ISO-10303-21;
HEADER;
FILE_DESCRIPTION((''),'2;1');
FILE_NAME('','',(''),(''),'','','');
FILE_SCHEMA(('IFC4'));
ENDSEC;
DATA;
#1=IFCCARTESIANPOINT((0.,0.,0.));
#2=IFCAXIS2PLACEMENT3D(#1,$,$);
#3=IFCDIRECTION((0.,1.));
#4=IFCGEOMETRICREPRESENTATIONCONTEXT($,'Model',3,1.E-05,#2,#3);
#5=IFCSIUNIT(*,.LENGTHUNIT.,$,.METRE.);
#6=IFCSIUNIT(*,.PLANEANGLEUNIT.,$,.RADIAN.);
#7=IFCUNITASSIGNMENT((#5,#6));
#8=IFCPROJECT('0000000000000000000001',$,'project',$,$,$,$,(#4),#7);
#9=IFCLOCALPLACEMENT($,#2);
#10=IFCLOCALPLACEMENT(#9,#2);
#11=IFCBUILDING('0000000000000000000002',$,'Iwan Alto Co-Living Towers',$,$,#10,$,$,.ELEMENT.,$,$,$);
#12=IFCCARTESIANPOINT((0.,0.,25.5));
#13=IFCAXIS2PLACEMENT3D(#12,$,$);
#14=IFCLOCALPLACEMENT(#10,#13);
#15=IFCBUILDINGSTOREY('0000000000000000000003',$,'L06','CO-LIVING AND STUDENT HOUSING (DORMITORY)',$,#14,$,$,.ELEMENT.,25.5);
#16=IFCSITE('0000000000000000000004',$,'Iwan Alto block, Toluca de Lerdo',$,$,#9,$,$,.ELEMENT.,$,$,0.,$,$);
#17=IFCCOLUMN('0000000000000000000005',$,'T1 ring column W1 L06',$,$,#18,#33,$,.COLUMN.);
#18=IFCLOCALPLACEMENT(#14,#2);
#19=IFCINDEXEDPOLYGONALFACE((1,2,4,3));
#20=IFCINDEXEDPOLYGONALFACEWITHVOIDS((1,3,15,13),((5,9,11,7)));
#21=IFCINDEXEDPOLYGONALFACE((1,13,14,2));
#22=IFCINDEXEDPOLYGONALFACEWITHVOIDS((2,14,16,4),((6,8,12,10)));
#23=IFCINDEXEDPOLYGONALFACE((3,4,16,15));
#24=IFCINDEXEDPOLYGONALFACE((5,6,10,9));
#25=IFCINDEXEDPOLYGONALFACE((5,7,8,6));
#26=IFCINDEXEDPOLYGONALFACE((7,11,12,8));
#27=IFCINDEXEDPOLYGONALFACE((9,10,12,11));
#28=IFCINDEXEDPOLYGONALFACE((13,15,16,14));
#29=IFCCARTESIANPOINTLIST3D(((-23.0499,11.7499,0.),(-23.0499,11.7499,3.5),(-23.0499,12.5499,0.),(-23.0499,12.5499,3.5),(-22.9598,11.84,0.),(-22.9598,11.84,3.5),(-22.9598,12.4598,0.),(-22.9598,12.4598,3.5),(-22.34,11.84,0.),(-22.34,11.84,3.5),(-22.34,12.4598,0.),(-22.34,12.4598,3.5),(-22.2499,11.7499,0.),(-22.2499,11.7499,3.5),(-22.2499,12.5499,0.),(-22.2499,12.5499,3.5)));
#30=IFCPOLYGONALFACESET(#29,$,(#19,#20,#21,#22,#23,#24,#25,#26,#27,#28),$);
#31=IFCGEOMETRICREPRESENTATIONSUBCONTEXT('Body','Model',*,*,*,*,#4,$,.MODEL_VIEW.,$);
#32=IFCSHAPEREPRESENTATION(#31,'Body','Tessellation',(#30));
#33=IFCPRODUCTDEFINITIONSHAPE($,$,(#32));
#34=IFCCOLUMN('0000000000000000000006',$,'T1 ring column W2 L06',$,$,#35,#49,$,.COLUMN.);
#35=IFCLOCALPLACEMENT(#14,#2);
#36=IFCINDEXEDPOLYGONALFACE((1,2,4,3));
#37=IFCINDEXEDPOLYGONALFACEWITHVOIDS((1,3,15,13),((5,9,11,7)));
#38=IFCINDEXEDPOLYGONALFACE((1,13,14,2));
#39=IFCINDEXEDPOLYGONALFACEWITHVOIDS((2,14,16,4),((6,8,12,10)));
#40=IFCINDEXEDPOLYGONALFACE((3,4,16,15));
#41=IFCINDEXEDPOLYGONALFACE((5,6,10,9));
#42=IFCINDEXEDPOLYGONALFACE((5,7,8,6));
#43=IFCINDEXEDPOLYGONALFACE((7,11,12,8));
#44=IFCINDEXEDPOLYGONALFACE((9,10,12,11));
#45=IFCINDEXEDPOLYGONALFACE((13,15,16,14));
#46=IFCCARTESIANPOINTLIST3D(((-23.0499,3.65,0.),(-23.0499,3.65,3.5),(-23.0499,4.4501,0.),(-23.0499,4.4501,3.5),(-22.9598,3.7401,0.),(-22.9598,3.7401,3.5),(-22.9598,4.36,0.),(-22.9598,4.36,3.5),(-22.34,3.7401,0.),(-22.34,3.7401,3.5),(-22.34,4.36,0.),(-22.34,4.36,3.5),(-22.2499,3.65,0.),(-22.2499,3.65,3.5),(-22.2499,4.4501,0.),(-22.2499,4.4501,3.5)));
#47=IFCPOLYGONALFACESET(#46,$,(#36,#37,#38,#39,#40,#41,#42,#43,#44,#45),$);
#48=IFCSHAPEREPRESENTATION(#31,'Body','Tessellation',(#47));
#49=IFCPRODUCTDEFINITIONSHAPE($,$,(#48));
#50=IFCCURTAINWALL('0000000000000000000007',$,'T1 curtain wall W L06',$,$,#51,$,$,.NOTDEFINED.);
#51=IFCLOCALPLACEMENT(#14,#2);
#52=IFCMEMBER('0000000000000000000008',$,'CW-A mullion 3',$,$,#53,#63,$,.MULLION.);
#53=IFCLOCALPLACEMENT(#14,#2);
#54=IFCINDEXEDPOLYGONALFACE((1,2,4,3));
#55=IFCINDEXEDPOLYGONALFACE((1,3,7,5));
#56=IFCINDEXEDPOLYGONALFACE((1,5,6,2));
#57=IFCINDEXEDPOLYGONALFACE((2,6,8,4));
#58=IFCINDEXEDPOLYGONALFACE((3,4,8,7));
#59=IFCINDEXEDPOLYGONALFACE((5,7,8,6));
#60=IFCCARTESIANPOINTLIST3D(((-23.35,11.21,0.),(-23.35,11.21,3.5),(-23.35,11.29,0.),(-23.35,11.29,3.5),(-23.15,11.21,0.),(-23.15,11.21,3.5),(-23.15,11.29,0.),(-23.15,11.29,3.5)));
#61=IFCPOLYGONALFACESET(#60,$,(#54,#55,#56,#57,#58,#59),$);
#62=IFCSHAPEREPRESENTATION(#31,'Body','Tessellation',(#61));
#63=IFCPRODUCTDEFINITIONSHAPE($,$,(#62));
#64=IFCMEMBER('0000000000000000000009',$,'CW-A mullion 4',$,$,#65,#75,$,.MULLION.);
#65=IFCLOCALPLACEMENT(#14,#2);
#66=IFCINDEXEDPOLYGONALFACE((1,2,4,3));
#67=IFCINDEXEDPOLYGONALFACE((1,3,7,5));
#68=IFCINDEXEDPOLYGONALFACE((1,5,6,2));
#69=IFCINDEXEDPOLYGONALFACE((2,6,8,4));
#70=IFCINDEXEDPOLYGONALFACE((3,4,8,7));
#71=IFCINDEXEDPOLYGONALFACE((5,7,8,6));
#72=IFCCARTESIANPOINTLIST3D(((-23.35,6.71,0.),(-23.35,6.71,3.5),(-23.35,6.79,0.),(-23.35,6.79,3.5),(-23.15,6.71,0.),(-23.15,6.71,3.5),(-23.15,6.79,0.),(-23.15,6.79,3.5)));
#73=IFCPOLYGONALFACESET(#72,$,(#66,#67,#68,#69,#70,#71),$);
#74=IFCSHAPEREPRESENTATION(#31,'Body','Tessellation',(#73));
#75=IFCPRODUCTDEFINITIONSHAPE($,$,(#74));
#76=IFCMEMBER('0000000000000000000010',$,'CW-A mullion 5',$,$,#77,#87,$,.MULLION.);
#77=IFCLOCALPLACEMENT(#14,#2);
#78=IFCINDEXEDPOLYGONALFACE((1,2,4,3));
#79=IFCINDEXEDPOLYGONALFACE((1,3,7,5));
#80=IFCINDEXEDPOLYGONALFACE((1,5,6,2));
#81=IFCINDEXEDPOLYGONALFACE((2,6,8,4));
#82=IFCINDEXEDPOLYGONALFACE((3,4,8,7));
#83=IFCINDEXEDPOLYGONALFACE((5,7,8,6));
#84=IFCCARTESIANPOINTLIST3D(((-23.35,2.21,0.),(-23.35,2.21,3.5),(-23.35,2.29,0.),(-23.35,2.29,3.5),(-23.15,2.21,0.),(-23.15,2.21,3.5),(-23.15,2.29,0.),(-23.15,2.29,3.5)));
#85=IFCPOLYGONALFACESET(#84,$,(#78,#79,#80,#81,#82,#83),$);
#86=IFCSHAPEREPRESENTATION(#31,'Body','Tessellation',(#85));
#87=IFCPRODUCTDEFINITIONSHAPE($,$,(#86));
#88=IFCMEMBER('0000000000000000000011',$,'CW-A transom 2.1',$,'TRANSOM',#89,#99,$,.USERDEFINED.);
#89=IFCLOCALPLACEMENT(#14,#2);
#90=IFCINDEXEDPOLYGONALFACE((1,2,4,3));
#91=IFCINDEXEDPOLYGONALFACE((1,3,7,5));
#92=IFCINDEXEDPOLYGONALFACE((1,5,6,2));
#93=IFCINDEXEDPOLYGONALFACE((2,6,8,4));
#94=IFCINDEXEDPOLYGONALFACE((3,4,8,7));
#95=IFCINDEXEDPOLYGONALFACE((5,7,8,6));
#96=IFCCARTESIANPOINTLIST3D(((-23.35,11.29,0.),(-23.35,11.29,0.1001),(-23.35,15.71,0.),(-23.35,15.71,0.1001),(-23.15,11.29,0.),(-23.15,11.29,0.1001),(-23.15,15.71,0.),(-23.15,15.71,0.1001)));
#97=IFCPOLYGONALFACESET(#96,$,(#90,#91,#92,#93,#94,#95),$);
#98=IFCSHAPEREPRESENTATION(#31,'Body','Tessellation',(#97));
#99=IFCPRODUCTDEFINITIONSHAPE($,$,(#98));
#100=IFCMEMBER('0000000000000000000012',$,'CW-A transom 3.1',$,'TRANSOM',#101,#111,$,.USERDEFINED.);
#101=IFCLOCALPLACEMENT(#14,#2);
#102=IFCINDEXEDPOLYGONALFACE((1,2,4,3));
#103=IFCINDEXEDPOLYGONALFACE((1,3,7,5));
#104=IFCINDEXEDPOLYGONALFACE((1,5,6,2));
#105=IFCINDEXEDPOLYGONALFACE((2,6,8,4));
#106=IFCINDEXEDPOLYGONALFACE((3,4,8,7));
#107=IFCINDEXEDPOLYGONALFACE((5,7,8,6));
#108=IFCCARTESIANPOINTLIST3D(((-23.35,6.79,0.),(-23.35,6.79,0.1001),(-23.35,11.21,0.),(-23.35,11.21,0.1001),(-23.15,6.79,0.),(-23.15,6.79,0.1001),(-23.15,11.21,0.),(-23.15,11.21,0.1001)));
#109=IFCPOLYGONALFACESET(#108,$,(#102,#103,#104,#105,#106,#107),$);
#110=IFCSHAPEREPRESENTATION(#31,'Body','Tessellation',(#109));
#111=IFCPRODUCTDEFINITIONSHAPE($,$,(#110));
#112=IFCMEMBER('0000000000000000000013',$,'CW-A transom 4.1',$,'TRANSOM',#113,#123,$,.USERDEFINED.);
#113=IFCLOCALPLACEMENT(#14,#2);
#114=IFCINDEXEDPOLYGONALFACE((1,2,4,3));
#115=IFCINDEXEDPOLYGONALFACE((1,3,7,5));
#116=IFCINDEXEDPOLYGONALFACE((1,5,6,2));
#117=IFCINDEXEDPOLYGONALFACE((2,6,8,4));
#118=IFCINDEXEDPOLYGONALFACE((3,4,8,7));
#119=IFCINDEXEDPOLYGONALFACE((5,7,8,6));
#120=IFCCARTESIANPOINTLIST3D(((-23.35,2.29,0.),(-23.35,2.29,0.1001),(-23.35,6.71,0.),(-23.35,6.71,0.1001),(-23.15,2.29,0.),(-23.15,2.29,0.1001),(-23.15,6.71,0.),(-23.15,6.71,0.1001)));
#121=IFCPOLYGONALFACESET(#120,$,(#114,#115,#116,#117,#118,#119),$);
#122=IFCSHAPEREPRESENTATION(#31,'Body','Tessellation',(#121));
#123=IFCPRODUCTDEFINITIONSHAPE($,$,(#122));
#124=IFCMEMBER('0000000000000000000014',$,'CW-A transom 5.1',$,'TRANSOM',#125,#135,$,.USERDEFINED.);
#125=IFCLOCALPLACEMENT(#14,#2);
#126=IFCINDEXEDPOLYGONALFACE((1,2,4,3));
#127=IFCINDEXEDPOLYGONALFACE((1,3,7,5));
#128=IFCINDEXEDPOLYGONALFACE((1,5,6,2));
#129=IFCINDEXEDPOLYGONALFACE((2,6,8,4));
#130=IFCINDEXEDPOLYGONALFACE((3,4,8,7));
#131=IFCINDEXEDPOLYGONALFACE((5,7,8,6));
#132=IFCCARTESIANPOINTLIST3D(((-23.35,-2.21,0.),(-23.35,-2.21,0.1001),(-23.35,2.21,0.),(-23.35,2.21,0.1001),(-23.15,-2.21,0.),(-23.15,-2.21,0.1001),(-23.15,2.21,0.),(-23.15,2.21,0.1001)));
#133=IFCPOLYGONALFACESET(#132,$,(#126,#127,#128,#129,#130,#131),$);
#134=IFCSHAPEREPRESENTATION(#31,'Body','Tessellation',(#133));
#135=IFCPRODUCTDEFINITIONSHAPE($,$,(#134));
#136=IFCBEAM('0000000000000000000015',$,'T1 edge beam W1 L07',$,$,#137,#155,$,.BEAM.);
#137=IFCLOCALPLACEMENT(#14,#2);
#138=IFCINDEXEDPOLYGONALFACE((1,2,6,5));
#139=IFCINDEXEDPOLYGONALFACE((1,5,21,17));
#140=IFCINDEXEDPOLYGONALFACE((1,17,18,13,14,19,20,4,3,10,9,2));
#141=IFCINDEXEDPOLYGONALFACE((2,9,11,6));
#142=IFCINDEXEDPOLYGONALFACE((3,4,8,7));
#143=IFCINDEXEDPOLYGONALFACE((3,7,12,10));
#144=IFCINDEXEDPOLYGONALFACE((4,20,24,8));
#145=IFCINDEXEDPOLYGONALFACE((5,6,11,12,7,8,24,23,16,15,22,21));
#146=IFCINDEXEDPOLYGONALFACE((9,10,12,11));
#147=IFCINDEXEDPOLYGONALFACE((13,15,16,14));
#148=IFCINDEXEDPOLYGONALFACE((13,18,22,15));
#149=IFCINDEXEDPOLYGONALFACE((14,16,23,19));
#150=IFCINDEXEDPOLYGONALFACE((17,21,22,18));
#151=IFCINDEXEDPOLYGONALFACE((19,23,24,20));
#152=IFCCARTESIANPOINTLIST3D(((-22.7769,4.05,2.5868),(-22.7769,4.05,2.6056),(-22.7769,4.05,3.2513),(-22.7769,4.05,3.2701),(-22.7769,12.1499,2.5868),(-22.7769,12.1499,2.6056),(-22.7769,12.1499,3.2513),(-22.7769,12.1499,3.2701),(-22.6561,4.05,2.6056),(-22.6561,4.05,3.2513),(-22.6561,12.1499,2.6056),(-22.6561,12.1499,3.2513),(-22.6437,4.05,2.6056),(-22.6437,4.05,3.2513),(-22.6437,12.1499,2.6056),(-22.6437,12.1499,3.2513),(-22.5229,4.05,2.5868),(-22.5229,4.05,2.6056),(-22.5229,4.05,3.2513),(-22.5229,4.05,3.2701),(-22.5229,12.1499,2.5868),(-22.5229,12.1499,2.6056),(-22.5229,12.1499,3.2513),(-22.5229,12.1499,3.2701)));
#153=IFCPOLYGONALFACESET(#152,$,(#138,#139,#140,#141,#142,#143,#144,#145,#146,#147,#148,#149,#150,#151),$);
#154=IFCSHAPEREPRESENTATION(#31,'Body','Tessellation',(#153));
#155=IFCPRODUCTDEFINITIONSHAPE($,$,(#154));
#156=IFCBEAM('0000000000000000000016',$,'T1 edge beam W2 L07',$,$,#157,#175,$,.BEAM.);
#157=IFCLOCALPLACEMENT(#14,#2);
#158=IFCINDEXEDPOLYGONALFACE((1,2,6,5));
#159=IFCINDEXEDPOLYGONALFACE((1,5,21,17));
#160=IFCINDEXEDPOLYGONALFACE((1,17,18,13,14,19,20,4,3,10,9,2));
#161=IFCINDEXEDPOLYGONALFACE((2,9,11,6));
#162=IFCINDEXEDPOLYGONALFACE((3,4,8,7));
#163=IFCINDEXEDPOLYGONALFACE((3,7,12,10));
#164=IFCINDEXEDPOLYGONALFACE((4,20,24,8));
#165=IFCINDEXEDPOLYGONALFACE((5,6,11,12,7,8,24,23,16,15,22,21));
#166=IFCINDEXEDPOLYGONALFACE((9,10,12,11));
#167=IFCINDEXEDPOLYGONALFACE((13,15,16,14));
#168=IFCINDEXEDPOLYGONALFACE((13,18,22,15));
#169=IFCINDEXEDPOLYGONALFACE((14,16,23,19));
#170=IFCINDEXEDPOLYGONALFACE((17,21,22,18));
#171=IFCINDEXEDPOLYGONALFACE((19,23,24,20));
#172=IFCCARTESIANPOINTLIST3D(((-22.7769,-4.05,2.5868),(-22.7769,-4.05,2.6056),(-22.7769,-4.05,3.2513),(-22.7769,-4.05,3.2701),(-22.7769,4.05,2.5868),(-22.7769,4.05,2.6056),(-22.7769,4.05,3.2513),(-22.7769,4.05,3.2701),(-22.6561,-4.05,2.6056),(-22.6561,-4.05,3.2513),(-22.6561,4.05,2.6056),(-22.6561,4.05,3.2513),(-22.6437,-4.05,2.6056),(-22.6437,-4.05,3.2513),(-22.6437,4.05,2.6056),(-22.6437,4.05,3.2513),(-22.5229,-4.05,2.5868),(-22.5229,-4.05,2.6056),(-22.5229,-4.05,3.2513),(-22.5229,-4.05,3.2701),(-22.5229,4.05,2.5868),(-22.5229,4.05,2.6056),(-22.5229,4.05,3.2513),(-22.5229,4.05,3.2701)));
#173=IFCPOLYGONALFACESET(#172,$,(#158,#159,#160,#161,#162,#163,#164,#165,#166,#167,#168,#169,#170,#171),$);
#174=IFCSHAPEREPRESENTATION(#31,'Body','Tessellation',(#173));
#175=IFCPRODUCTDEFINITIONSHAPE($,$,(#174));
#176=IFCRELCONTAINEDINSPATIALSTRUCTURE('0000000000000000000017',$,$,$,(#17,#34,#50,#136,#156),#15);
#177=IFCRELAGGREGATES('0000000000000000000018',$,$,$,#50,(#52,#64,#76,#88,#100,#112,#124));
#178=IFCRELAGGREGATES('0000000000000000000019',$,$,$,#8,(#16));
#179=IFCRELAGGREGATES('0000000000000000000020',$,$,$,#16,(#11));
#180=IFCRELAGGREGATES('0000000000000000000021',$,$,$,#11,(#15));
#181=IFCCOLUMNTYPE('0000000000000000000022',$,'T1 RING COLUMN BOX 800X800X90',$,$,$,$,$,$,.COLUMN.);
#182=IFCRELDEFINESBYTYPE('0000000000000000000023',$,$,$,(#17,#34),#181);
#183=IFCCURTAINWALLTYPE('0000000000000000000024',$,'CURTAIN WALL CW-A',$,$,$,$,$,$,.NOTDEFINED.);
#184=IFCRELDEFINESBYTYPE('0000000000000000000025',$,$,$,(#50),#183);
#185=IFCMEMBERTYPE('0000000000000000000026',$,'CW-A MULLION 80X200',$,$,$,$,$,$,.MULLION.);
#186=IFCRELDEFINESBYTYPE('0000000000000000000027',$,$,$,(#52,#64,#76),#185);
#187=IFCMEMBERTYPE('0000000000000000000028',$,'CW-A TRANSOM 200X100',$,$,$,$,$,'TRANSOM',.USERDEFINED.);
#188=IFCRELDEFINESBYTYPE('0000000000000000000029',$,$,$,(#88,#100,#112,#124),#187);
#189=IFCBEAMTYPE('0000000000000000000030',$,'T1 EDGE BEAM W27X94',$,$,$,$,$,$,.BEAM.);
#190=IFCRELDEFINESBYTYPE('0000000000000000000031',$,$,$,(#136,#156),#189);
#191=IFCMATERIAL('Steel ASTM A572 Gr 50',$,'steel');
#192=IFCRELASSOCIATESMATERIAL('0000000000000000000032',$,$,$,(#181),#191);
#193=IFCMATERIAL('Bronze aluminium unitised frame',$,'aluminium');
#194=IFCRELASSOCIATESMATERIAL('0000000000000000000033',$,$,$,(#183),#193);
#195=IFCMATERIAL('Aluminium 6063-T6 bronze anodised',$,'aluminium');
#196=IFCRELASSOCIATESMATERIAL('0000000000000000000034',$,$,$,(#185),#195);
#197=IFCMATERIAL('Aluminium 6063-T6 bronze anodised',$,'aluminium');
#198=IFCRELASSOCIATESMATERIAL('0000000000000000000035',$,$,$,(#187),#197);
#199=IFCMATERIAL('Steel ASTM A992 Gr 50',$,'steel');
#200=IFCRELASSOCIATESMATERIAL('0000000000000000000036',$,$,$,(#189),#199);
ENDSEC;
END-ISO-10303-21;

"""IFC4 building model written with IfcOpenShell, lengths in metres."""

from ifc_helpers import new_model, si_unit, direction, frame, origin, origin_2d, place, context, subcontext, project, spatial, rectangle, hollow_rectangle, i_section, extrude, material, material_profile, profile_set, type_object, element, aggregate, save


model = new_model("IFC4")

# Units and contexts
model_context = context("Model", 3, precision=1e-05, world=origin(), true_north=direction((0.0, 1.0)))
body_context = subcontext(model_context, "Body", "Model", "MODEL_VIEW")
ifc_project = project(units=[si_unit("LENGTHUNIT", "METRE"), si_unit("PLANEANGLEUNIT", "RADIAN")], contexts=[model_context])

# Site, building, storey
site_placement = place(None, origin())
site = spatial("IfcSite", under=ifc_project, at=site_placement, Name="Iwan Alto block, Toluca de Lerdo", CompositionType="ELEMENT", RefElevation=0.0)
building_placement = place(site_placement, origin())
building = spatial("IfcBuilding", under=site, at=building_placement, Name="Iwan Alto Co-Living Towers", CompositionType="ELEMENT")
storey_placement = place(building_placement, frame((0.0, 0.0, 25.5)))
storey = spatial("IfcBuildingStorey", under=building, at=storey_placement, Name="L06", Description="CO-LIVING AND STUDENT HOUSING (DORMITORY)", CompositionType="ELEMENT", Elevation=25.5)

# Columns
ifc_material_1 = material(Name="Steel ASTM A572 Gr 50", Category="steel")
ifc_material_profile_1 = material_profile(ifc_material_1, hollow_rectangle(XDim=0.8, YDim=0.8, WallThickness=0.0901, at=origin_2d()), Name="BOX 800X800X90")
ifc_profile_set_1 = profile_set([ifc_material_profile_1], Name="Steel ASTM A572 Gr 50")
column_type = type_object("IfcColumnType", Name="T1 RING COLUMN BOX 800X800X90", PredefinedType="COLUMN", material=ifc_profile_set_1)
for number, where, z_axis, x_axis, name in (
    (1, (-22.6499, 12.1499, 0.0), (0.0, 0.0, 1.0), (1.0, 0.0, 0.0), "T1 ring column W1 L06"),
    (2, (-22.6499, 4.05, 0.0), (0.0, 0.0, 1.0), (1.0, 0.0, 0.0), "T1 ring column W2 L06"),
):
    element("IfcColumn", number, at=place(storey_placement, frame(where, z_axis=z_axis, x_axis=x_axis)), inside=storey, type_object=column_type, Name=name, PredefinedType="COLUMN", context=body_context, shape_type="SweptSolid", body=[
        extrude(hollow_rectangle(XDim=0.8, YDim=0.8, WallThickness=0.0901, at=origin_2d()), origin(), (0.0, 0.0, 1.0), 3.5),
    ])

# Curtain wall, members
ifc_material_2 = material(Name="Bronze aluminium unitised frame", Category="aluminium")
curtain_wall_type = type_object("IfcCurtainWallType", Name="CURTAIN WALL CW-A", PredefinedType="NOTDEFINED", material=ifc_material_2)
curtain_wall_placement = place(storey_placement, origin())
curtain_wall = element("IfcCurtainWall", 3, at=curtain_wall_placement, inside=storey, type_object=curtain_wall_type, Name="T1 curtain wall W L06", PredefinedType="NOTDEFINED")
ifc_material_3 = material(Name="Aluminium 6063-T6 bronze anodised", Category="aluminium")
ifc_material_profile_2 = material_profile(ifc_material_3, rectangle(XDim=0.2, YDim=0.0801, at=origin_2d()), Name="AL 80X200")
ifc_profile_set_2 = profile_set([ifc_material_profile_2], Name="Aluminium 6063-T6 bronze anodised")
member_type_1 = type_object("IfcMemberType", Name="CW-A MULLION 80X200", PredefinedType="MULLION", material=ifc_profile_set_2)
member_1_placement = place(storey_placement, frame((-23.25, 11.25, 0.0), z_axis=(0.0, 0.0, 1.0), x_axis=(1.0, 0.0, 0.0)))
member_1 = element("IfcMember", 4, at=member_1_placement, type_object=member_type_1, Name="CW-A mullion 3", PredefinedType="MULLION", context=body_context, shape_type="SweptSolid", body=[
    extrude(rectangle(XDim=0.2, YDim=0.0801, at=origin_2d()), origin(), (0.0, 0.0, 1.0), 3.5),
])
member_2_placement = place(storey_placement, frame((-23.25, 6.75, 0.0), z_axis=(0.0, 0.0, 1.0), x_axis=(1.0, 0.0, 0.0)))
member_2 = element("IfcMember", 5, at=member_2_placement, type_object=member_type_1, Name="CW-A mullion 4", PredefinedType="MULLION", context=body_context, shape_type="SweptSolid", body=[
    extrude(rectangle(XDim=0.2, YDim=0.0801, at=origin_2d()), origin(), (0.0, 0.0, 1.0), 3.5),
])
member_3_placement = place(storey_placement, frame((-23.25, 2.25, 0.0), z_axis=(0.0, 0.0, 1.0), x_axis=(1.0, 0.0, 0.0)))
member_3 = element("IfcMember", 6, at=member_3_placement, type_object=member_type_1, Name="CW-A mullion 5", PredefinedType="MULLION", context=body_context, shape_type="SweptSolid", body=[
    extrude(rectangle(XDim=0.2, YDim=0.0801, at=origin_2d()), origin(), (0.0, 0.0, 1.0), 3.5),
])
ifc_material_4 = material(Name="Aluminium 6063-T6 bronze anodised", Category="aluminium")
ifc_material_profile_3 = material_profile(ifc_material_4, rectangle(XDim=0.2, YDim=0.1001, at=origin_2d()), Name="AL 200X100")
ifc_profile_set_3 = profile_set([ifc_material_profile_3], Name="Aluminium 6063-T6 bronze anodised")
member_type_2 = type_object("IfcMemberType", Name="CW-A TRANSOM 200X100", ElementType="TRANSOM", PredefinedType="USERDEFINED", material=ifc_profile_set_3)
member_4_placement = place(storey_placement, frame((-23.25, 15.71, 0.05), z_axis=(0.0, -1.0, 0.0), x_axis=(1.0, 0.0, 0.0)))
member_4 = element("IfcMember", 7, at=member_4_placement, type_object=member_type_2, Name="CW-A transom 2.1", ObjectType="TRANSOM", PredefinedType="USERDEFINED", context=body_context, shape_type="SweptSolid", body=[
    extrude(rectangle(XDim=0.2, YDim=0.1001, at=origin_2d()), origin(), (0.0, 0.0, 1.0), 4.4199),
])
member_5_placement = place(storey_placement, frame((-23.25, 11.21, 0.05), z_axis=(0.0, -1.0, 0.0), x_axis=(1.0, 0.0, 0.0)))
member_5 = element("IfcMember", 8, at=member_5_placement, type_object=member_type_2, Name="CW-A transom 3.1", ObjectType="TRANSOM", PredefinedType="USERDEFINED", context=body_context, shape_type="SweptSolid", body=[
    extrude(rectangle(XDim=0.2, YDim=0.1001, at=origin_2d()), origin(), (0.0, 0.0, 1.0), 4.4199),
])
member_6_placement = place(storey_placement, frame((-23.25, 6.71, 0.05), z_axis=(0.0, -1.0, 0.0), x_axis=(1.0, 0.0, 0.0)))
member_6 = element("IfcMember", 9, at=member_6_placement, type_object=member_type_2, Name="CW-A transom 4.1", ObjectType="TRANSOM", PredefinedType="USERDEFINED", context=body_context, shape_type="SweptSolid", body=[
    extrude(rectangle(XDim=0.2, YDim=0.1001, at=origin_2d()), origin(), (0.0, 0.0, 1.0), 4.4199),
])
member_7_placement = place(storey_placement, frame((-23.25, 2.21, 0.05), z_axis=(0.0, -1.0, 0.0), x_axis=(1.0, 0.0, 0.0)))
member_7 = element("IfcMember", 10, at=member_7_placement, type_object=member_type_2, Name="CW-A transom 5.1", ObjectType="TRANSOM", PredefinedType="USERDEFINED", context=body_context, shape_type="SweptSolid", body=[
    extrude(rectangle(XDim=0.2, YDim=0.1001, at=origin_2d()), origin(), (0.0, 0.0, 1.0), 4.4199),
])

# Beams
ifc_material_5 = material(Name="Steel ASTM A992 Gr 50", Category="steel")
ifc_material_profile_4 = material_profile(ifc_material_5, i_section(OverallWidth=0.2539, OverallDepth=0.6833, WebThickness=0.0125, FlangeThickness=0.0188, at=origin_2d()), Name="W27X94")
ifc_profile_set_4 = profile_set([ifc_material_profile_4], Name="Steel ASTM A992 Gr 50")
beam_type_1 = type_object("IfcBeamType", Name="T1 EDGE BEAM W27X94", PredefinedType="BEAM", material=ifc_profile_set_4)
beam_1_placement = place(storey_placement, frame((-22.6499, 12.1499, 2.9285), z_axis=(0.0, -1.0, 0.0), x_axis=(1.0, 0.0, 0.0)))
element("IfcBeam", 11, at=beam_1_placement, inside=storey, type_object=beam_type_1, Name="T1 edge beam W1 L07", PredefinedType="BEAM", context=body_context, shape_type="SweptSolid", body=[
    extrude(i_section(OverallWidth=0.2539, OverallDepth=0.6833, WebThickness=0.0125, FlangeThickness=0.0188, at=origin_2d()), origin(), (0.0, 0.0, 1.0), 8.0999),
])
beam_2_placement = place(storey_placement, frame((-22.6499, 4.05, 2.9285), z_axis=(0.0, -1.0, 0.0), x_axis=(1.0, 0.0, 0.0)))
element("IfcBeam", 12, at=beam_2_placement, inside=storey, type_object=beam_type_1, Name="T1 edge beam W2 L07", PredefinedType="BEAM", context=body_context, shape_type="SweptSolid", body=[
    extrude(i_section(OverallWidth=0.2539, OverallDepth=0.6833, WebThickness=0.0125, FlangeThickness=0.0188, at=origin_2d()), origin(), (0.0, 0.0, 1.0), 8.1001),
])

aggregate(curtain_wall, [member_1, member_2, member_3, member_4, member_5, member_6, member_7])

save(model, "model.ifc")
